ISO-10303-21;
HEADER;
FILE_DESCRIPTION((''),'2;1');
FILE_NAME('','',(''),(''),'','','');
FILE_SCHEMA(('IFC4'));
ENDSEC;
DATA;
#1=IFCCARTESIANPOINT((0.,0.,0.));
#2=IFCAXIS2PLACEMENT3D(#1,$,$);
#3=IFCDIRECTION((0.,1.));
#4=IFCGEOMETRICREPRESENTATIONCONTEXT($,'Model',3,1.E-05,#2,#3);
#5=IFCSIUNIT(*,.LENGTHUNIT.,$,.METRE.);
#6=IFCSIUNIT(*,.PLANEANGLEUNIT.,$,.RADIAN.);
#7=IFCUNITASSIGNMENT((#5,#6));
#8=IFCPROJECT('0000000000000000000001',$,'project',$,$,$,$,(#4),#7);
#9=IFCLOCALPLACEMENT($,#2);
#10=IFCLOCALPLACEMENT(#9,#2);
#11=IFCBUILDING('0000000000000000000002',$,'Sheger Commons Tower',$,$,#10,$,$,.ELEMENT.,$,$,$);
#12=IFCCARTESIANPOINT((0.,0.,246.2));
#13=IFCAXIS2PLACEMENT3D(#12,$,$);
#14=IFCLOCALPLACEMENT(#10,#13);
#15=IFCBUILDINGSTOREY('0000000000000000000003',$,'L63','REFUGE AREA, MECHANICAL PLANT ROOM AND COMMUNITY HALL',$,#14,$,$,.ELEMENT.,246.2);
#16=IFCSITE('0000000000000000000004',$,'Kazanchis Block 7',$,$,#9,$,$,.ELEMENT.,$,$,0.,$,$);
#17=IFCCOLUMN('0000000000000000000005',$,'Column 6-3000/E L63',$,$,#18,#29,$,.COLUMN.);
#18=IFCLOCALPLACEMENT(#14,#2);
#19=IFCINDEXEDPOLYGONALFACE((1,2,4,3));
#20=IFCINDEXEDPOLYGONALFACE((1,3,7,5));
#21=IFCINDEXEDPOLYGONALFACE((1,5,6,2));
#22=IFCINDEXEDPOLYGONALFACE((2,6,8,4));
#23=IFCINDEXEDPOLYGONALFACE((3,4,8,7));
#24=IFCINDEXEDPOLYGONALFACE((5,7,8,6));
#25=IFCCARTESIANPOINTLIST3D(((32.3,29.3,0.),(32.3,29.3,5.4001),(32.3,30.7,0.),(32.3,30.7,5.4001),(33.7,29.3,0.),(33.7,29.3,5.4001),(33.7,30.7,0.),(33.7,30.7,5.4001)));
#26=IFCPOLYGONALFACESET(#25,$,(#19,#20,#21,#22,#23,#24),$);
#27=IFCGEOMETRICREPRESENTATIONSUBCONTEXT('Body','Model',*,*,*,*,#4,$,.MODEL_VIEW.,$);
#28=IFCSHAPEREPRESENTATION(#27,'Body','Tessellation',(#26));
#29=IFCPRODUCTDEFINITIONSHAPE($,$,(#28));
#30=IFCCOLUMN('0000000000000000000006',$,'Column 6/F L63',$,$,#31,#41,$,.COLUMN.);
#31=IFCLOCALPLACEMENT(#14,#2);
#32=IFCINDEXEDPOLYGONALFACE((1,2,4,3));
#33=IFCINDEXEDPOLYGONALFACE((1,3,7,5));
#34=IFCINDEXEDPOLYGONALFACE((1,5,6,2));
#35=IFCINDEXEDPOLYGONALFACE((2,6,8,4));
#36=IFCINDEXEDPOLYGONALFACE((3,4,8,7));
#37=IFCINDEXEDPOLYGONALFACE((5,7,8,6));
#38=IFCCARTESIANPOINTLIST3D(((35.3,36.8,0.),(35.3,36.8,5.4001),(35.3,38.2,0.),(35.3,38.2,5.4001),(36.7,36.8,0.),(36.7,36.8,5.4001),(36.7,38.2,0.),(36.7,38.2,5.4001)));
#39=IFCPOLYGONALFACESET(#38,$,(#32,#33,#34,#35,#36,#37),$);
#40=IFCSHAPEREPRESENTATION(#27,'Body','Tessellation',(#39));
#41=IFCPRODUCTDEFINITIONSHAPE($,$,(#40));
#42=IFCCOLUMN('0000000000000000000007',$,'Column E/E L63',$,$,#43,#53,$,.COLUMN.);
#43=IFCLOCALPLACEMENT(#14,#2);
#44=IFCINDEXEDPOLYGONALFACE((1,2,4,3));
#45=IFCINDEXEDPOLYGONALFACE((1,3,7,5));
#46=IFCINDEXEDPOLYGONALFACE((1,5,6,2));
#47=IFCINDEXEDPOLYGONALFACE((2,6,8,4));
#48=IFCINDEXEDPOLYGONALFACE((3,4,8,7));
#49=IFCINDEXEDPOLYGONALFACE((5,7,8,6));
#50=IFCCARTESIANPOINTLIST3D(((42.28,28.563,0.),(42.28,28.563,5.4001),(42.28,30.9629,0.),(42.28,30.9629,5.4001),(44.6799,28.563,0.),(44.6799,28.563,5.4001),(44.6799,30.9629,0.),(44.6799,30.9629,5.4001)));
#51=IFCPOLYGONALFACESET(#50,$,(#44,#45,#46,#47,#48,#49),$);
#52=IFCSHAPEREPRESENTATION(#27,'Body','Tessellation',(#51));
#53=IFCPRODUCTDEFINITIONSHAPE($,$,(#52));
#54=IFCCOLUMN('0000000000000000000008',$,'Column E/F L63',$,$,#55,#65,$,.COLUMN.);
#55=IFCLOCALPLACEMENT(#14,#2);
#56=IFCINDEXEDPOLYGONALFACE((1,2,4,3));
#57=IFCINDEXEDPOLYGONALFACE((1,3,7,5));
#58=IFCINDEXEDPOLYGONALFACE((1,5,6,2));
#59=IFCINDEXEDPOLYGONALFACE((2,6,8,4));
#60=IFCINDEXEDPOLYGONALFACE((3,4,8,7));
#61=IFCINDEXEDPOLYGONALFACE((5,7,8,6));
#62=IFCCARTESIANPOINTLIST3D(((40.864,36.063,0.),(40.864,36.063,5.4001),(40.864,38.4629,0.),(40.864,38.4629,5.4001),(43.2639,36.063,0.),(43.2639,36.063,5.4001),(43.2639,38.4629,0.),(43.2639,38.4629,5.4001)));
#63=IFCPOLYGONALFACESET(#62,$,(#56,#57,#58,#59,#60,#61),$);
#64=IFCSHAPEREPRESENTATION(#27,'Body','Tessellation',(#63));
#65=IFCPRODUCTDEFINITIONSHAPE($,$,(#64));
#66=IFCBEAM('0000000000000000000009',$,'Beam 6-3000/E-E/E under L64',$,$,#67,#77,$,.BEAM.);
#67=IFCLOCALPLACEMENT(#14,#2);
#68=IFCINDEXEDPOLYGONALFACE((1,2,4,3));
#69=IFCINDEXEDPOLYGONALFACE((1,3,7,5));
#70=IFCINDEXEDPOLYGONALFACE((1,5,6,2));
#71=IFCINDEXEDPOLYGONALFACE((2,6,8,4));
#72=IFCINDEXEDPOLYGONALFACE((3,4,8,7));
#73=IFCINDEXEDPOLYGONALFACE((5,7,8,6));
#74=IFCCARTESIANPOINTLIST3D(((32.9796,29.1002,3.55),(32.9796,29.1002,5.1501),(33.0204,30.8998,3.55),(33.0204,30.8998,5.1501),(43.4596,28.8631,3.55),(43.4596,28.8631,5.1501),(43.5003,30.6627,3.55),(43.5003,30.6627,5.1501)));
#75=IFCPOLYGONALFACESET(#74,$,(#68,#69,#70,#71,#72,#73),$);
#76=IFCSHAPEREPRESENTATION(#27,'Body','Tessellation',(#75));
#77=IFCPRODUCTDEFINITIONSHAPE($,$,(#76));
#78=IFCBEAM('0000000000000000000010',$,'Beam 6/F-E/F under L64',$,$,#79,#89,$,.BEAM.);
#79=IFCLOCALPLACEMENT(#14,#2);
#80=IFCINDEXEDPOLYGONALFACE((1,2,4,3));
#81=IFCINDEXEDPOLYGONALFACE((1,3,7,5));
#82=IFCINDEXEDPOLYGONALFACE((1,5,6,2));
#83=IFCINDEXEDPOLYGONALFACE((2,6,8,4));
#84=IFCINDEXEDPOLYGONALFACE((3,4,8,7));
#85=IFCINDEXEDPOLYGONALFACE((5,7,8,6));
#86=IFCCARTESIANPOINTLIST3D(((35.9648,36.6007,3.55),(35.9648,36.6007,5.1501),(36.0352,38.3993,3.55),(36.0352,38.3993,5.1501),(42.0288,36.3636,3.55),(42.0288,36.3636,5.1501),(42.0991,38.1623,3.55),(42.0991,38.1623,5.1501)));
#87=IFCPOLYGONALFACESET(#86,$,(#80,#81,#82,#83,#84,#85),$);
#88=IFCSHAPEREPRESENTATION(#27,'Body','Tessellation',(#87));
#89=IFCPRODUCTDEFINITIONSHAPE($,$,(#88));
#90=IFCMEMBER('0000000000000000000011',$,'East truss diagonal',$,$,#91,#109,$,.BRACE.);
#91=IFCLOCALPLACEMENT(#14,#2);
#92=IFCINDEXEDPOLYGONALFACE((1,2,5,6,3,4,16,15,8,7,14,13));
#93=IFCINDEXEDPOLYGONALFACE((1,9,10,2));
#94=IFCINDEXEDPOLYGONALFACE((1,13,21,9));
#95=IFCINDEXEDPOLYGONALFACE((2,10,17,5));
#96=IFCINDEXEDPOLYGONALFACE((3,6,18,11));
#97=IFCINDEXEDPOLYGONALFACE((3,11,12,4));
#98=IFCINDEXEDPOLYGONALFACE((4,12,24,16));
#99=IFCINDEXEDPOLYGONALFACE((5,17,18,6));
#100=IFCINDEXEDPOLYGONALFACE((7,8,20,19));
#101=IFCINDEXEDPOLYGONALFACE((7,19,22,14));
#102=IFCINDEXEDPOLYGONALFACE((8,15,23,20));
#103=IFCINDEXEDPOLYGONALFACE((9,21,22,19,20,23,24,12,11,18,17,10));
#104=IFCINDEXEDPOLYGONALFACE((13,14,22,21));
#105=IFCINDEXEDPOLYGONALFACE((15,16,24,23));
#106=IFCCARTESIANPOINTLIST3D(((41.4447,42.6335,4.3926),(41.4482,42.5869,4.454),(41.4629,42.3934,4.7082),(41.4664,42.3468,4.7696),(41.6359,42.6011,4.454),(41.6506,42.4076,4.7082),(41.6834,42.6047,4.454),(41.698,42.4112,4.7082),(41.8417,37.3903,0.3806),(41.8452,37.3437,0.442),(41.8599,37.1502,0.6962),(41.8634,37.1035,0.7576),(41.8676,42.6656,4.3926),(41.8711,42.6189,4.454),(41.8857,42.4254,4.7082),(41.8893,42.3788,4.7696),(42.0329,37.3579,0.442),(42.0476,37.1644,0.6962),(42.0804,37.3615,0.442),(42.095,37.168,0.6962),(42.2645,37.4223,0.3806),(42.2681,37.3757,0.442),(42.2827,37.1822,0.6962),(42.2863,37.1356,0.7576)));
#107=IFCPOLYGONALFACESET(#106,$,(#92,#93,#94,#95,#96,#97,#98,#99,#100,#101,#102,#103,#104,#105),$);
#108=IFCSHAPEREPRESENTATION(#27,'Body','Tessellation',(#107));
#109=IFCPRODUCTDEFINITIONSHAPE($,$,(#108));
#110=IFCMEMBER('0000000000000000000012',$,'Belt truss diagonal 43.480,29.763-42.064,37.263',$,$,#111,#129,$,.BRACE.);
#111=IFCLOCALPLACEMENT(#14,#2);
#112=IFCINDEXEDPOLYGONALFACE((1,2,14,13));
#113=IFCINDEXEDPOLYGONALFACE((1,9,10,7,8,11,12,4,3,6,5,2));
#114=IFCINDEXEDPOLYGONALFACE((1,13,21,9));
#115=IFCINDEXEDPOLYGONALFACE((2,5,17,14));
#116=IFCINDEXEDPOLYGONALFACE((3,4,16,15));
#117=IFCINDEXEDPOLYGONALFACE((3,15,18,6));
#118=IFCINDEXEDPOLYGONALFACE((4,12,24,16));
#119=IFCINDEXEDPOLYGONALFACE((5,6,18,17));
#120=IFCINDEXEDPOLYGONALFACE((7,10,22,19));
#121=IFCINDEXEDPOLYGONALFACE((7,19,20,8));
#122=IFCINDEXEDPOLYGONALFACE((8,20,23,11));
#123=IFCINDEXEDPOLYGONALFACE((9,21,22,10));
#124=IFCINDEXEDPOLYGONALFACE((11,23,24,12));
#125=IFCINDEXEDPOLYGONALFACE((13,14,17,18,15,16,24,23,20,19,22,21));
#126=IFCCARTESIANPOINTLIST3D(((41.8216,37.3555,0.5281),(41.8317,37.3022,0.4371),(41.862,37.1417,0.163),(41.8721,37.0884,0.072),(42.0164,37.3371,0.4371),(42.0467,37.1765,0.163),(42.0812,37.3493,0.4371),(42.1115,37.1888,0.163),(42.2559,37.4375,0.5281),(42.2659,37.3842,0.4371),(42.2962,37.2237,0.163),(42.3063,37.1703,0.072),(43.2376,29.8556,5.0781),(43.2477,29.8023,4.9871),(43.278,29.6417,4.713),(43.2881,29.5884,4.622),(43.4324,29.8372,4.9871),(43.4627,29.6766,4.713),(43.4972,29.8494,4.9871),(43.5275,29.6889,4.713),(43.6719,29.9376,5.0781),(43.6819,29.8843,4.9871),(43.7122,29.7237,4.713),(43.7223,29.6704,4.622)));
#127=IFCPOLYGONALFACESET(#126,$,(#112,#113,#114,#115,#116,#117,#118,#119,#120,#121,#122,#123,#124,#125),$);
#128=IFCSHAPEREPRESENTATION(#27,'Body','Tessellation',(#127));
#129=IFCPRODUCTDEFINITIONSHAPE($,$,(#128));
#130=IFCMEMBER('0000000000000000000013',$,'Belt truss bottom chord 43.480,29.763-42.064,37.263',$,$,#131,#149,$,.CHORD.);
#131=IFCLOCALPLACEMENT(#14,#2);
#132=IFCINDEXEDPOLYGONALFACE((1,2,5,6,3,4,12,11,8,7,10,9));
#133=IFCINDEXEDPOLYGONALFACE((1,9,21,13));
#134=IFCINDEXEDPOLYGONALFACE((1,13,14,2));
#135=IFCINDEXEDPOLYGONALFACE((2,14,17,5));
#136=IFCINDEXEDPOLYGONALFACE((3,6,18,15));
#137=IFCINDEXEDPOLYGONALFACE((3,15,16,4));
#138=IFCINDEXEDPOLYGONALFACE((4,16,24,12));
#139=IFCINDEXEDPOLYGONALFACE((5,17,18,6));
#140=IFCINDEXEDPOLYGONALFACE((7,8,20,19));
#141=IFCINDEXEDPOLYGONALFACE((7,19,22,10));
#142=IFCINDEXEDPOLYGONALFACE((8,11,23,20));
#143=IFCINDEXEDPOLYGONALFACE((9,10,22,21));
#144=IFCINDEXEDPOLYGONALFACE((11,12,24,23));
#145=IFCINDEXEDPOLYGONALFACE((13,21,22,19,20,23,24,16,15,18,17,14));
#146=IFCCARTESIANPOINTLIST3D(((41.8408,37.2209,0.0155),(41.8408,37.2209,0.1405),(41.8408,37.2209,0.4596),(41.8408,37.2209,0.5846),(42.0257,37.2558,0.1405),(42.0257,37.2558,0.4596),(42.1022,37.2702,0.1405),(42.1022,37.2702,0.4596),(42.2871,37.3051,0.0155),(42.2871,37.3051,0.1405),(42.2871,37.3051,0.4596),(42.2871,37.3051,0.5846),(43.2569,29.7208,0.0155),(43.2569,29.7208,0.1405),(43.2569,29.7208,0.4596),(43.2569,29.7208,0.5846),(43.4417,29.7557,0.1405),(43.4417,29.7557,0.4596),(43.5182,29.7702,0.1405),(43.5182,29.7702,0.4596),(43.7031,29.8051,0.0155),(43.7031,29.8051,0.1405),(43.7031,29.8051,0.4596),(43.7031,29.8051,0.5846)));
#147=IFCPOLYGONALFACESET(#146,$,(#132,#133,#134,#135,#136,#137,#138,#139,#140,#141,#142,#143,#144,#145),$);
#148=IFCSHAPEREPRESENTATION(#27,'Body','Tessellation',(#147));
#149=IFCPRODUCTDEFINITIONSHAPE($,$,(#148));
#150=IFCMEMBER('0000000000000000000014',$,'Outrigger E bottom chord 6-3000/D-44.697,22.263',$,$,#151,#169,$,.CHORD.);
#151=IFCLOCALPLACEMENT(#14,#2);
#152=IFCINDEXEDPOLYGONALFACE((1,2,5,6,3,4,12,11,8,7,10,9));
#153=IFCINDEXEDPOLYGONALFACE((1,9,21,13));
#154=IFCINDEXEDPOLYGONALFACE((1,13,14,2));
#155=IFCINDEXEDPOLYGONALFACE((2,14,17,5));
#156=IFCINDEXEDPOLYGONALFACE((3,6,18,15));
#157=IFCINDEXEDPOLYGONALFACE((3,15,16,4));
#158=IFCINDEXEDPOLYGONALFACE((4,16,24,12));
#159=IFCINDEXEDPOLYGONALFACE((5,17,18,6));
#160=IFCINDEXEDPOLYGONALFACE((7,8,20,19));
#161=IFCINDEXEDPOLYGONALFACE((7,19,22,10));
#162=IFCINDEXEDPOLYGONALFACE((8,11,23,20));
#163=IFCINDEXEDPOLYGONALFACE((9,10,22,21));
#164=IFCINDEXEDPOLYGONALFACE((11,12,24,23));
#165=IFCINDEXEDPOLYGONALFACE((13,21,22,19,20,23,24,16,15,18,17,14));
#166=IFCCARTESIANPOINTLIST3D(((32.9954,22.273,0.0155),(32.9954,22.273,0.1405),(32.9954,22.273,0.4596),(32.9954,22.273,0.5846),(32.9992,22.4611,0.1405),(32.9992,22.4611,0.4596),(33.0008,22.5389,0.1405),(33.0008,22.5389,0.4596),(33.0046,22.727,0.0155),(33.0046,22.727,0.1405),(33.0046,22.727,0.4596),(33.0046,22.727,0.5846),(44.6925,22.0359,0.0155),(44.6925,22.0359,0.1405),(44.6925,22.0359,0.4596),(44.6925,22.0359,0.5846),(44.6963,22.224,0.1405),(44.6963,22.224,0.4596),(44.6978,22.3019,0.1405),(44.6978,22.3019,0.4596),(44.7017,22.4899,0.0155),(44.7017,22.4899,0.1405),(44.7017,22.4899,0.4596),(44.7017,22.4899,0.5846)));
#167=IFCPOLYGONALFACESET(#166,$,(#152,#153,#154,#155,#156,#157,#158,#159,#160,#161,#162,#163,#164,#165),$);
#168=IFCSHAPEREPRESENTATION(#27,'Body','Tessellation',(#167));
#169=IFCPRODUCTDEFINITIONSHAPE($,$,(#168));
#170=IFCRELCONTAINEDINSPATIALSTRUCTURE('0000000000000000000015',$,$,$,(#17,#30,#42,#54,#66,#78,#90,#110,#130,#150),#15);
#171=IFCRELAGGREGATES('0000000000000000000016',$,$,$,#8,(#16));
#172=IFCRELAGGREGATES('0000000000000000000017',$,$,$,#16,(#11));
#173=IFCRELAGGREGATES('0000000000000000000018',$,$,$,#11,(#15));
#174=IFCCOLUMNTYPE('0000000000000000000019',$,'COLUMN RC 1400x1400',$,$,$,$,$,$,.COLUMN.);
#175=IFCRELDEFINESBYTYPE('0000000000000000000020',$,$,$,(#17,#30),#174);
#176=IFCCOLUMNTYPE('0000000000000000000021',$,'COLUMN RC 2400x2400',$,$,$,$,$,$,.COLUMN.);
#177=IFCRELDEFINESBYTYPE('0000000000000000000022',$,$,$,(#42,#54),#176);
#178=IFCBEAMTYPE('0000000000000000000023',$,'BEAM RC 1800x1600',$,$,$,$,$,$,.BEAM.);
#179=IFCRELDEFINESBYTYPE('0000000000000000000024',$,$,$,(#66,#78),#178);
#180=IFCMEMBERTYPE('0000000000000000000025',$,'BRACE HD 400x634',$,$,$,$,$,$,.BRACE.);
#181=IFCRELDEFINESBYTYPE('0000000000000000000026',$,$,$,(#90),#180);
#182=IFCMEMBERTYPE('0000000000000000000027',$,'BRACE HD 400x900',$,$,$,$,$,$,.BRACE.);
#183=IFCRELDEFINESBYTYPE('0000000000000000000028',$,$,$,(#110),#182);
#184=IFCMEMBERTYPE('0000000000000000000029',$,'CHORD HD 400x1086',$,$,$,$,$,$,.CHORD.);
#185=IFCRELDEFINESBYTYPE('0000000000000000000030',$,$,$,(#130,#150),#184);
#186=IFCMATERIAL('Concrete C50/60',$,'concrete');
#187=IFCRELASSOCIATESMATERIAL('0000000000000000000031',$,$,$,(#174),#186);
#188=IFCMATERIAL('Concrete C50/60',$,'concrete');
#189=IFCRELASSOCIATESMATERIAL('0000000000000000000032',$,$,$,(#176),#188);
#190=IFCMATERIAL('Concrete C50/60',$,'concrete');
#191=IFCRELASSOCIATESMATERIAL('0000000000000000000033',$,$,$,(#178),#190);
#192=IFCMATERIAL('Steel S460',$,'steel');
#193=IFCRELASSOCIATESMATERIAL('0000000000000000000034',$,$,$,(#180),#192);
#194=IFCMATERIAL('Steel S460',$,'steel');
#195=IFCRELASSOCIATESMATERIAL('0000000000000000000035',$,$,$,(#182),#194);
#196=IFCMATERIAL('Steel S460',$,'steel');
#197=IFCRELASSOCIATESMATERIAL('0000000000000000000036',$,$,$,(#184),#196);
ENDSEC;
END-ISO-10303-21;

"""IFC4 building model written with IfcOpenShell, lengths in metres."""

from ifc_helpers import new_model, si_unit, direction, frame, origin, origin_2d, place, context, subcontext, project, spatial, rectangle, i_section, extrude, material, material_profile, profile_set, type_object, element, save


model = new_model("IFC4")

# Units and contexts
model_context = context("Model", 3, precision=1e-05, world=origin(), true_north=direction((0.0, 1.0)))
body_context = subcontext(model_context, "Body", "Model", "MODEL_VIEW")
ifc_project = project(units=[si_unit("LENGTHUNIT", "METRE"), si_unit("PLANEANGLEUNIT", "RADIAN")], contexts=[model_context])

# Site, building, storey
site_placement = place(None, origin())
site = spatial("IfcSite", under=ifc_project, at=site_placement, Name="Kazanchis Block 7", CompositionType="ELEMENT", RefElevation=0.0)
building_placement = place(site_placement, origin())
building = spatial("IfcBuilding", under=site, at=building_placement, Name="Sheger Commons Tower", CompositionType="ELEMENT")
storey_placement = place(building_placement, frame((0.0, 0.0, 246.2)))
storey = spatial("IfcBuildingStorey", under=building, at=storey_placement, Name="L63", Description="REFUGE AREA, MECHANICAL PLANT ROOM AND COMMUNITY HALL", CompositionType="ELEMENT", Elevation=246.2)

# Columns
ifc_material_1 = material(Name="Concrete C50/60", Category="concrete")
ifc_material_profile_1 = material_profile(ifc_material_1, rectangle(XDim=1.3999, YDim=1.3999, at=origin_2d()), Name="RC 1400x1400")
ifc_profile_set_1 = profile_set([ifc_material_profile_1], Name="Concrete C50/60")
column_type_1 = type_object("IfcColumnType", Name="COLUMN RC 1400x1400", PredefinedType="COLUMN", material=ifc_profile_set_1)
for number, where, z_axis, x_axis, name in (
    (1, (33.0, 30.0, 0.0), (0.0, 0.0, 1.0), (1.0, 0.0, 0.0), "Column 6-3000/E L63"),
    (2, (36.0, 37.5, 0.0), (0.0, 0.0, 1.0), (1.0, 0.0, 0.0), "Column 6/F L63"),
):
    element("IfcColumn", number, at=place(storey_placement, frame(where, z_axis=z_axis, x_axis=x_axis)), inside=storey, type_object=column_type_1, Name=name, PredefinedType="COLUMN", context=body_context, shape_type="SweptSolid", body=[
        extrude(rectangle(XDim=1.3999, YDim=1.3999, at=origin_2d()), origin(), (0.0, 0.0, 1.0), 5.4001),
    ])
ifc_material_2 = material(Name="Concrete C50/60", Category="concrete")
ifc_material_profile_2 = material_profile(ifc_material_2, rectangle(XDim=2.3999, YDim=2.3999, at=origin_2d()), Name="RC 2400x2400")
ifc_profile_set_2 = profile_set([ifc_material_profile_2], Name="Concrete C50/60")
column_type_2 = type_object("IfcColumnType", Name="COLUMN RC 2400x2400", PredefinedType="COLUMN", material=ifc_profile_set_2)
for number, where, z_axis, x_axis, name in (
    (3, (43.48, 29.7629, 0.0), (0.0, 0.0, 1.0), (1.0, 0.0, 0.0), "Column E/E L63"),
    (4, (42.064, 37.2629, 0.0), (0.0, 0.0, 1.0), (1.0, 0.0, 0.0), "Column E/F L63"),
):
    element("IfcColumn", number, at=place(storey_placement, frame(where, z_axis=z_axis, x_axis=x_axis)), inside=storey, type_object=column_type_2, Name=name, PredefinedType="COLUMN", context=body_context, shape_type="SweptSolid", body=[
        extrude(rectangle(XDim=2.3999, YDim=2.3999, at=origin_2d()), origin(), (0.0, 0.0, 1.0), 5.4001),
    ])

# Beams
ifc_material_3 = material(Name="Concrete C50/60", Category="concrete")
ifc_material_profile_3 = material_profile(ifc_material_3, rectangle(XDim=1.8, YDim=1.6001, at=origin_2d()), Name="RC 1800x1600")
ifc_profile_set_3 = profile_set([ifc_material_profile_3], Name="Concrete C50/60")
beam_type_1 = type_object("IfcBeamType", Name="BEAM RC 1800x1600", PredefinedType="BEAM", material=ifc_profile_set_3)
beam_1_placement = place(storey_placement, frame((33.0, 30.0, 4.3501), z_axis=(0.999744, -0.022615, 0.0), x_axis=(0.022615, 0.999744, 0.0)))
element("IfcBeam", 5, at=beam_1_placement, inside=storey, type_object=beam_type_1, Name="Beam 6-3000/E-E/E under L64", PredefinedType="BEAM", context=body_context, shape_type="SweptSolid", body=[
    extrude(rectangle(XDim=1.8, YDim=1.6001, at=origin_2d()), origin(), (0.0, 0.0, 1.0), 10.4827),
])
beam_2_placement = place(storey_placement, frame((36.0, 37.5, 4.3501), z_axis=(0.999237, -0.039063, 0.0), x_axis=(0.039063, 0.999237, 0.0)))
element("IfcBeam", 6, at=beam_2_placement, inside=storey, type_object=beam_type_1, Name="Beam 6/F-E/F under L64", PredefinedType="BEAM", context=body_context, shape_type="SweptSolid", body=[
    extrude(rectangle(XDim=1.8, YDim=1.6001, at=origin_2d()), origin(), (0.0, 0.0, 1.0), 6.0686),
])

# Members
ifc_material_4 = material(Name="Steel S460", Category="steel")
ifc_material_profile_4 = material_profile(ifc_material_4, i_section(OverallWidth=0.4241, OverallDepth=0.4741, WebThickness=0.0476, FlangeThickness=0.0771, at=origin_2d()), Name="HD 400x634")
ifc_profile_set_4 = profile_set([ifc_material_profile_4], Name="Steel S460")
member_type_1 = type_object("IfcMemberType", Name="BRACE HD 400x634", PredefinedType="BRACE", material=ifc_profile_set_4)
member_1_placement = place(storey_placement, frame((42.064, 37.2629, 0.5691), z_axis=(-0.060021, 0.792744, 0.606592), x_axis=(-0.997146, -0.075496, 0.0)))
element("IfcMember", 7, at=member_1_placement, inside=storey, type_object=member_type_1, Name="East truss diagonal", PredefinedType="BRACE", context=body_context, shape_type="SweptSolid", body=[
    extrude(i_section(OverallWidth=0.4241, OverallDepth=0.4741, WebThickness=0.0476, FlangeThickness=0.0771, at=origin_2d()), origin(), (0.0, 0.0, 1.0), 6.614),
])
ifc_material_5 = material(Name="Steel S460", Category="steel")
ifc_material_profile_5 = material_profile(ifc_material_5, i_section(OverallWidth=0.4419, OverallDepth=0.531, WebThickness=0.0659, FlangeThickness=0.106, at=origin_2d()), Name="HD 400x900")
ifc_profile_set_5 = profile_set([ifc_material_profile_5], Name="Steel S460")
member_type_2 = type_object("IfcMemberType", Name="BRACE HD 400x900", PredefinedType="BRACE", material=ifc_profile_set_5)
member_2_placement = place(storey_placement, frame((42.064, 37.2629, 0.3), z_axis=(0.159357, -0.84404, 0.512056), x_axis=(0.98264, 0.185524, 0.0)))
element("IfcMember", 8, at=member_2_placement, inside=storey, type_object=member_type_2, Name="Belt truss diagonal 43.480,29.763-42.064,37.263", PredefinedType="BRACE", context=body_context, shape_type="SweptSolid", body=[
    extrude(i_section(OverallWidth=0.4419, OverallDepth=0.531, WebThickness=0.0659, FlangeThickness=0.106, at=origin_2d()), origin(), (0.0, 0.0, 1.0), 8.8857),
])
ifc_material_6 = material(Name="Steel S460", Category="steel")
ifc_material_profile_6 = material_profile(ifc_material_6, i_section(OverallWidth=0.4541, OverallDepth=0.5691, WebThickness=0.0779, FlangeThickness=0.125, at=origin_2d()), Name="HD 400x1086")
ifc_profile_set_6 = profile_set([ifc_material_profile_6], Name="Steel S460")
member_type_3 = type_object("IfcMemberType", Name="CHORD HD 400x1086", PredefinedType="CHORD", material=ifc_profile_set_6)
member_3_placement = place(storey_placement, frame((43.48, 29.7629, 0.3), z_axis=(-0.185524, 0.98264, 0.0), x_axis=(-0.98264, -0.185524, 0.0)))
element("IfcMember", 9, at=member_3_placement, inside=storey, type_object=member_type_3, Name="Belt truss bottom chord 43.480,29.763-42.064,37.263", PredefinedType="CHORD", context=body_context, shape_type="SweptSolid", body=[
    extrude(i_section(OverallWidth=0.4541, OverallDepth=0.5691, WebThickness=0.0779, FlangeThickness=0.125, at=origin_2d()), origin(), (0.0, 0.0, 1.0), 7.6326),
])
member_4_placement = place(storey_placement, frame((33.0, 22.5, 0.3), z_axis=(0.999795, -0.020263, 0.0), x_axis=(0.020263, 0.999795, 0.0)))
element("IfcMember", 10, at=member_4_placement, inside=storey, type_object=member_type_3, Name="Outrigger E bottom chord 6-3000/D-44.697,22.263", PredefinedType="CHORD", context=body_context, shape_type="SweptSolid", body=[
    extrude(i_section(OverallWidth=0.4541, OverallDepth=0.5691, WebThickness=0.0779, FlangeThickness=0.125, at=origin_2d()), origin(), (0.0, 0.0, 1.0), 11.6995),
])

save(model, "model.ifc")
